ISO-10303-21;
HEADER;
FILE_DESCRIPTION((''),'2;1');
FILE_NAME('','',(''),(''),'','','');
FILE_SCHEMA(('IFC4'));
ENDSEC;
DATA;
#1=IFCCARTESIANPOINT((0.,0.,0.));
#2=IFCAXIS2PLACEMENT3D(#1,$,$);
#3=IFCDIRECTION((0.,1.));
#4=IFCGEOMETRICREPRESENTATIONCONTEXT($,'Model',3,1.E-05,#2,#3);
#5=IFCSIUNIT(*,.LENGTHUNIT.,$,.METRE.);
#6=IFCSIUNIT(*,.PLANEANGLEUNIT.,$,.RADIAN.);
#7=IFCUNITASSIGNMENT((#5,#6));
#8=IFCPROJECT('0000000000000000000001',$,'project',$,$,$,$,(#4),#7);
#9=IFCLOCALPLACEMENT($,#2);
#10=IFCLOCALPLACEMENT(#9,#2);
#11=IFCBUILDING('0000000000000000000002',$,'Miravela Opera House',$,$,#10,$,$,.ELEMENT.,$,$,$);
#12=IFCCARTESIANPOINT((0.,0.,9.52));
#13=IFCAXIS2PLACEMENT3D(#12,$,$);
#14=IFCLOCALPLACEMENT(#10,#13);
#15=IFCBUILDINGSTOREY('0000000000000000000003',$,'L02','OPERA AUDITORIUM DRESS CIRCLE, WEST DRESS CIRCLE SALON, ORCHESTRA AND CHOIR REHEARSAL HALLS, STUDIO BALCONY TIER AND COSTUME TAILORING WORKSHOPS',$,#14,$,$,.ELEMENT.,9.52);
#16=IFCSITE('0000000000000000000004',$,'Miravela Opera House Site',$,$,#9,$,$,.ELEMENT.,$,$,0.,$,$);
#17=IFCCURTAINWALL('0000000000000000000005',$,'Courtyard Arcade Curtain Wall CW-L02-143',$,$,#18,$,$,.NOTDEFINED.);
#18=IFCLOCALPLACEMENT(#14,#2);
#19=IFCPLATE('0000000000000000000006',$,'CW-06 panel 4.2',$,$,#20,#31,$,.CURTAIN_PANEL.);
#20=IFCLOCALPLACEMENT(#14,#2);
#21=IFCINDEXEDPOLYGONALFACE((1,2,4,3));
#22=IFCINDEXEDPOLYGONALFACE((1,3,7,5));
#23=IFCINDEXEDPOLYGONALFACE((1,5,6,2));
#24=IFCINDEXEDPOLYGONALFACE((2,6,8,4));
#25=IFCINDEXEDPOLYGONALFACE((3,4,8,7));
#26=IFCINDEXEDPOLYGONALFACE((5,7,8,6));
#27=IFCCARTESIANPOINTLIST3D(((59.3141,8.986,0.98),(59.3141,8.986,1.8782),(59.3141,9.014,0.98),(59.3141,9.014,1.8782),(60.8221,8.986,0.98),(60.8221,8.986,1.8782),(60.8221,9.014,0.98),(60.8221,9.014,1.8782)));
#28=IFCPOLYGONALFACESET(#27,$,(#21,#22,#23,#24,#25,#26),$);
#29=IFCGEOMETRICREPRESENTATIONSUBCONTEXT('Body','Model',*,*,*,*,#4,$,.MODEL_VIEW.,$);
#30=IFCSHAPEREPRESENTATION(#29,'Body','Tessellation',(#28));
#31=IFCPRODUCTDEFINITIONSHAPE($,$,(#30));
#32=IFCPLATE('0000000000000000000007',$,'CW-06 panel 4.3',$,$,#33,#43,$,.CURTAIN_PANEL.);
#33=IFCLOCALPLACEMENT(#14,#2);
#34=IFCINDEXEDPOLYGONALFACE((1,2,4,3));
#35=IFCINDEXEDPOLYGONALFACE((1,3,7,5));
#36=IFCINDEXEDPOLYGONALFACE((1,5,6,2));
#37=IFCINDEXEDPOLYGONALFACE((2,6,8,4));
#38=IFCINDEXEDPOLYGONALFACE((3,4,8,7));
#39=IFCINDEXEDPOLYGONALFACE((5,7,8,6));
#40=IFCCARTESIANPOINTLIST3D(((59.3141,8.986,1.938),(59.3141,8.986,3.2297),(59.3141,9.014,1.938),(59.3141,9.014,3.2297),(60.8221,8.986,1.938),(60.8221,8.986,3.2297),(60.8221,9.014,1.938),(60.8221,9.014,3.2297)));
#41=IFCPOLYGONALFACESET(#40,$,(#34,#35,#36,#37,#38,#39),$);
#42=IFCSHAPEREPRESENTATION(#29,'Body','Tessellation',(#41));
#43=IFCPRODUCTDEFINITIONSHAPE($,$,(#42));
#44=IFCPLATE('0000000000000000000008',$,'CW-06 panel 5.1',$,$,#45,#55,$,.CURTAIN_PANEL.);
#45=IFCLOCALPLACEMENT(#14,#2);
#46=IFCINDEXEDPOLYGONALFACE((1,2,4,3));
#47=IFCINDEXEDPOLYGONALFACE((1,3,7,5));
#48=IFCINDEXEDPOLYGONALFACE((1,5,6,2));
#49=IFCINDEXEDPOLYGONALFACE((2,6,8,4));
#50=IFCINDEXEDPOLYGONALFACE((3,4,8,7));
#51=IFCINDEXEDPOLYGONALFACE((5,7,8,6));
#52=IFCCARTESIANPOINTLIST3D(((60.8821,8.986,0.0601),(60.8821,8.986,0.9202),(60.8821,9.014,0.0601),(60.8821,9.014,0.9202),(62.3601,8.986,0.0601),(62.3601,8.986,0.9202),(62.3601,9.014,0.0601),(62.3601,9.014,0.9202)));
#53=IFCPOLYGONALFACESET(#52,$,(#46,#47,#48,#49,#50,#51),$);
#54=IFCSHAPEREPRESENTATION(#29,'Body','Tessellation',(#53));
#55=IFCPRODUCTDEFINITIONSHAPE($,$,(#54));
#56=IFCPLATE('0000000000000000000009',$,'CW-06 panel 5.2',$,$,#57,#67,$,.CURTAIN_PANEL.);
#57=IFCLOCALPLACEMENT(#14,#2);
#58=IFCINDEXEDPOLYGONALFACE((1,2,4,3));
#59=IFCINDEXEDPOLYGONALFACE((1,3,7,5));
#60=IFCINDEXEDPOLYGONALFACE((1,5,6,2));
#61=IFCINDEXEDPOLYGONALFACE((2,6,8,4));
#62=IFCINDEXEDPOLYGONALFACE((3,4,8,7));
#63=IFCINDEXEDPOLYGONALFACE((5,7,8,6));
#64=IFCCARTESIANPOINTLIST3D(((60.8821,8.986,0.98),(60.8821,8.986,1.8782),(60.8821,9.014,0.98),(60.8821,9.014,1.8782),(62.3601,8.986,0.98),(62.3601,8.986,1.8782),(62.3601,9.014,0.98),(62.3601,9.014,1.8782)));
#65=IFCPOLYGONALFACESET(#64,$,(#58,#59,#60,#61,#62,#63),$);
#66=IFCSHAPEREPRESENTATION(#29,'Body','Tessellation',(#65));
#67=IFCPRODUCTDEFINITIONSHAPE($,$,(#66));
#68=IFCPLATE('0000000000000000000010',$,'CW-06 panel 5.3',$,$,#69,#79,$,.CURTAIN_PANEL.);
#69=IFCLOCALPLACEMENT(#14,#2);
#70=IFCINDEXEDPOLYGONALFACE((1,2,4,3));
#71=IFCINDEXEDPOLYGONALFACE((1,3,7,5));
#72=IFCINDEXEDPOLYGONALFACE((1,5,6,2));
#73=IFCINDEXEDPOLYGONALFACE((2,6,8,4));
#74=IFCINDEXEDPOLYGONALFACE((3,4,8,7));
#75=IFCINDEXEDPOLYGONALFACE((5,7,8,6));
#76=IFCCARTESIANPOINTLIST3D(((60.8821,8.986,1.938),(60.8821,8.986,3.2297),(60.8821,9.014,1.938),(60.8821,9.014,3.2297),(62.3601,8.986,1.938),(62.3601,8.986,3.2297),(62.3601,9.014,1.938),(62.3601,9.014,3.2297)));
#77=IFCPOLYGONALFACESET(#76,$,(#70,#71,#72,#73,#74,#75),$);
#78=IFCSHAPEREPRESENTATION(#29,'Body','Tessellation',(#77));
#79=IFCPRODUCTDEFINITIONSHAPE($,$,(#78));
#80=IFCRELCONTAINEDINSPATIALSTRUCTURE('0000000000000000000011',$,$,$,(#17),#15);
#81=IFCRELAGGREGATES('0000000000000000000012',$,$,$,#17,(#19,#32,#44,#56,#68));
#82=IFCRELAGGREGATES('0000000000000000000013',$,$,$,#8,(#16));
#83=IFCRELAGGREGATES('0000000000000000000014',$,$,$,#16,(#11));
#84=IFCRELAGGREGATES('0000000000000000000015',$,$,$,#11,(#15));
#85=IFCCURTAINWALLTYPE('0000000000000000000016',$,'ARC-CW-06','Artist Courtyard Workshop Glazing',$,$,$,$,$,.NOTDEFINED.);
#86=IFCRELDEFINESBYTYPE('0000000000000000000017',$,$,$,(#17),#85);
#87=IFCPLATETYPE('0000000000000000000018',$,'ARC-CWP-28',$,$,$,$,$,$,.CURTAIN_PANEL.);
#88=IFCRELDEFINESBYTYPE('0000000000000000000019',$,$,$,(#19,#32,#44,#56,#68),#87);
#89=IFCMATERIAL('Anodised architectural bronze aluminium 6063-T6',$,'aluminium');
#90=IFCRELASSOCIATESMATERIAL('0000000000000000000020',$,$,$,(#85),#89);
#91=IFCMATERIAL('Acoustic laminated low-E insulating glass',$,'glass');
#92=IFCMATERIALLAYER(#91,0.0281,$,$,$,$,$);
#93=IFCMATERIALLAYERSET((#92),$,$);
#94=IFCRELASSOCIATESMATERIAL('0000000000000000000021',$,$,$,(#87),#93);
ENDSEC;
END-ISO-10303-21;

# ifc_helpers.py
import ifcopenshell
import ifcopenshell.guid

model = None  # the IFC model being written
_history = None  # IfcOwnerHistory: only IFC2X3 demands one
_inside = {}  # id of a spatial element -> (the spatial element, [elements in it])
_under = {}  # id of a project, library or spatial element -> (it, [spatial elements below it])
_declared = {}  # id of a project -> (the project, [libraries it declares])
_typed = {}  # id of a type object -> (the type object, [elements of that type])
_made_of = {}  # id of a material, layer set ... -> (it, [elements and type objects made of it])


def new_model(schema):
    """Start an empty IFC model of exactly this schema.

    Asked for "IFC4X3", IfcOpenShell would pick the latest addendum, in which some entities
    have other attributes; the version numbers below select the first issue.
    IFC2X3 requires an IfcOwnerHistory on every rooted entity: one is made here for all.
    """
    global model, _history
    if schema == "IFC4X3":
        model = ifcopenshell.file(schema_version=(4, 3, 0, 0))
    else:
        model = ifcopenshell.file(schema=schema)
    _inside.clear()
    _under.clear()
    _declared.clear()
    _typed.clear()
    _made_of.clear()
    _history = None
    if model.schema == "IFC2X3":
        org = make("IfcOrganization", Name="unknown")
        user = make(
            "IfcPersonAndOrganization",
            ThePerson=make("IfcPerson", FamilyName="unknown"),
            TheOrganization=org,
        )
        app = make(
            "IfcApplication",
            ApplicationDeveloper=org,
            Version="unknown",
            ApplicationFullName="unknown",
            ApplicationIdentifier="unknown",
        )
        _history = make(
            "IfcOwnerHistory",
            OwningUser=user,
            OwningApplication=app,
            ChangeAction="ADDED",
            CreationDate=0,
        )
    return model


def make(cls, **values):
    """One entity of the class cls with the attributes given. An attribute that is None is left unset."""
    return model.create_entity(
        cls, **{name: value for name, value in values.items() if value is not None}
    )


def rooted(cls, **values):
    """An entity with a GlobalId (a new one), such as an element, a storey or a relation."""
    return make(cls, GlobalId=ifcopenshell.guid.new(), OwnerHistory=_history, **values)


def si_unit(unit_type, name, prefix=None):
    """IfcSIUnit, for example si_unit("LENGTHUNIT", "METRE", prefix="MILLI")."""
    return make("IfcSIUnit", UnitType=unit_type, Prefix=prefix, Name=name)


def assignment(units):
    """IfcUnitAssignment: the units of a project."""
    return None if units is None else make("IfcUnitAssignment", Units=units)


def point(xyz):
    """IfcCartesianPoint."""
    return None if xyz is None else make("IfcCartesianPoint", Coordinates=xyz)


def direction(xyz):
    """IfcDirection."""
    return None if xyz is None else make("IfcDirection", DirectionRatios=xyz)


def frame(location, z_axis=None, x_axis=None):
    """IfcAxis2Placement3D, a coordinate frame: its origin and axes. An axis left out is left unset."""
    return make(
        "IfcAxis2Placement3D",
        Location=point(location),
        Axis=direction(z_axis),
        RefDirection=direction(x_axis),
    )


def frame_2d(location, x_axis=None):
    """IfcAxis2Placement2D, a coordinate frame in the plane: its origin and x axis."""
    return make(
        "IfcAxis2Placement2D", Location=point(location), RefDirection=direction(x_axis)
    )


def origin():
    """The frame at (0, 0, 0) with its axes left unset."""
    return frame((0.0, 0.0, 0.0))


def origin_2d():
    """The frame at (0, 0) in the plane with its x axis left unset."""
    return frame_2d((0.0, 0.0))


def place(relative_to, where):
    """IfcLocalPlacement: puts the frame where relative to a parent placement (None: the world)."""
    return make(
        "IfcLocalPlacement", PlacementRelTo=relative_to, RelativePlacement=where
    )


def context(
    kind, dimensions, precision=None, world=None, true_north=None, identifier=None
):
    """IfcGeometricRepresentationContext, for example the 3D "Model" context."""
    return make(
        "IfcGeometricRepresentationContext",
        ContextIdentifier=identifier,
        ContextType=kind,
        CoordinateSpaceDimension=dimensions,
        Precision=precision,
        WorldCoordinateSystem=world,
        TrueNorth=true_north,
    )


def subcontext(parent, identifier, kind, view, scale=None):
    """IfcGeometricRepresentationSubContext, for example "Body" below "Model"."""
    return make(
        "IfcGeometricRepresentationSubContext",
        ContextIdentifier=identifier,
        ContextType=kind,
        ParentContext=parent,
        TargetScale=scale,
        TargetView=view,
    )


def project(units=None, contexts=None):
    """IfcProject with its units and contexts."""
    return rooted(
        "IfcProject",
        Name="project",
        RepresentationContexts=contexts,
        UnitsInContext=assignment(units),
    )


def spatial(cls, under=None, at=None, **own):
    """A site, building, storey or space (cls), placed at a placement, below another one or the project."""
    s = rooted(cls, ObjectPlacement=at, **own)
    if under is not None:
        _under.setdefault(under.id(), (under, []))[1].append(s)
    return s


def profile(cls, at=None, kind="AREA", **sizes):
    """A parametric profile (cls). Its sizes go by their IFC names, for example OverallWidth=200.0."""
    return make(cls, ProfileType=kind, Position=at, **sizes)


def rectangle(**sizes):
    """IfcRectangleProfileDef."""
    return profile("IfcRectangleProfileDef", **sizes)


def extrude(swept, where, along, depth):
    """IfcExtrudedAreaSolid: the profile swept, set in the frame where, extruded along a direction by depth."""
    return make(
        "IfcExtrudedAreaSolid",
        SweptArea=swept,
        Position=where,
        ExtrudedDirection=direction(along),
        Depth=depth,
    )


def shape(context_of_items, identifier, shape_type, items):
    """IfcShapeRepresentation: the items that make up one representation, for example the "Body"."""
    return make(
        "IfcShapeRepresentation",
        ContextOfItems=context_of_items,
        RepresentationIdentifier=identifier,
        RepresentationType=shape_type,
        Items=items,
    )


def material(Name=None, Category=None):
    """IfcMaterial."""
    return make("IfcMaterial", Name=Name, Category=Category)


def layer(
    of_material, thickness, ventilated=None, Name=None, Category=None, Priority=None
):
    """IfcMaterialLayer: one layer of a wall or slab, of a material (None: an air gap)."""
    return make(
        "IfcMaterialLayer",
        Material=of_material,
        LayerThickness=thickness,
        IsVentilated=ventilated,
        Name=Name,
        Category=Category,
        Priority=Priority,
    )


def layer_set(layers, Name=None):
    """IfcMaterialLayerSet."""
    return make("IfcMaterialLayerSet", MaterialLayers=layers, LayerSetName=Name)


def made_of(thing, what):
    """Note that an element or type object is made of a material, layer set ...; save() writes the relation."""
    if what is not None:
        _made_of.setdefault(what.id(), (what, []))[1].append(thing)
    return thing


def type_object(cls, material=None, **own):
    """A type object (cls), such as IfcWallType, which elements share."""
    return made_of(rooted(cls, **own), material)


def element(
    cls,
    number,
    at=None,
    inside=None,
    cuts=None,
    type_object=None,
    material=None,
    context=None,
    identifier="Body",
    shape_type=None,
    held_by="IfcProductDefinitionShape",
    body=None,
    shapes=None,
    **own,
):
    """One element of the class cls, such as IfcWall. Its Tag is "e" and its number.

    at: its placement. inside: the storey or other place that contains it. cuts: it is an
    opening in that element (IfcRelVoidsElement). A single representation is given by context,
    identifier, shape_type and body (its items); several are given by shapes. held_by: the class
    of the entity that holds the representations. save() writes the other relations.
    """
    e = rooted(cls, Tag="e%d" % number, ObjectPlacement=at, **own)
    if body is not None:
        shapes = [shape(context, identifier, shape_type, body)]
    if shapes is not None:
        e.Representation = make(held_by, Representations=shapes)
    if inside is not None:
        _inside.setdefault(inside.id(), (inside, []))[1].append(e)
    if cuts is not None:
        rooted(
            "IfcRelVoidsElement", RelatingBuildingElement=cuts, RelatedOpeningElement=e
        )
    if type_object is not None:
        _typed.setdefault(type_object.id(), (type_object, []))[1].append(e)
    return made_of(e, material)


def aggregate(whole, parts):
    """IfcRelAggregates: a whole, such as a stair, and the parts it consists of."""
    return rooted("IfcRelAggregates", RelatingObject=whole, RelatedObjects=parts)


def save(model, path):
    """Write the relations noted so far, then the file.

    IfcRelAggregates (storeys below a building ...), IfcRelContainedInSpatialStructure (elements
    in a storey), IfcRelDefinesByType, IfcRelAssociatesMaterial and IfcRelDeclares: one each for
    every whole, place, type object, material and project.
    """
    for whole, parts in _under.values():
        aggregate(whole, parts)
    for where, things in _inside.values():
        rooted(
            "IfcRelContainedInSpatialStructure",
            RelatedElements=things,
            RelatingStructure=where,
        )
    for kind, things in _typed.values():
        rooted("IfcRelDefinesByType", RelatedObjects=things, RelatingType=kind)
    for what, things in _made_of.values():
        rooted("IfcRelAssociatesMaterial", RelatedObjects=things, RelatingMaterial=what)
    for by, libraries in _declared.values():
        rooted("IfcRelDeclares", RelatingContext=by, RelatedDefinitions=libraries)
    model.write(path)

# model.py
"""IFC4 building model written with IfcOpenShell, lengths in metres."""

from ifc_helpers import new_model, si_unit, direction, frame, origin, origin_2d, place, context, subcontext, project, spatial, rectangle, extrude, material, layer, layer_set, type_object, element, aggregate, save


model = new_model("IFC4")

# Units and contexts
model_context = context("Model", 3, precision=1e-05, world=origin(), true_north=direction((0.0, 1.0)))
body_context = subcontext(model_context, "Body", "Model", "MODEL_VIEW")
ifc_project = project(units=[si_unit("LENGTHUNIT", "METRE"), si_unit("PLANEANGLEUNIT", "RADIAN")], contexts=[model_context])

# Site, building, storey
site_placement = place(None, origin())
site = spatial("IfcSite", under=ifc_project, at=site_placement, Name="Miravela Opera House Site", CompositionType="ELEMENT", RefElevation=0.0)
building_placement = place(site_placement, origin())
building = spatial("IfcBuilding", under=site, at=building_placement, Name="Miravela Opera House", CompositionType="ELEMENT")
storey_placement = place(building_placement, frame((0.0, 0.0, 9.52)))
storey = spatial("IfcBuildingStorey", under=building, at=storey_placement, Name="L02", Description="OPERA AUDITORIUM DRESS CIRCLE, WEST DRESS CIRCLE SALON, ORCHESTRA AND CHOIR REHEARSAL HALLS, STUDIO BALCONY TIER AND COSTUME TAILORING WORKSHOPS", CompositionType="ELEMENT", Elevation=9.52)

# Curtain wall
ifc_material_1 = material(Name="Anodised architectural bronze aluminium 6063-T6", Category="aluminium")
curtain_wall_type = type_object("IfcCurtainWallType", Name="ARC-CW-06", Description="Artist Courtyard Workshop Glazing", PredefinedType="NOTDEFINED", material=ifc_material_1)
curtain_wall_1_placement = place(storey_placement, origin())
curtain_wall_1 = element("IfcCurtainWall", 1, at=curtain_wall_1_placement, inside=storey, type_object=curtain_wall_type, Name="Courtyard Arcade Curtain Wall CW-L02-143", PredefinedType="NOTDEFINED")

# Plates
ifc_material_2 = material(Name="Acoustic laminated low-E insulating glass", Category="glass")
ifc_layer = layer(ifc_material_2, 0.0281)
ifc_layer_set = layer_set([ifc_layer])
plate_type = type_object("IfcPlateType", Name="ARC-CWP-28", PredefinedType="CURTAIN_PANEL", material=ifc_layer_set)
plate_1_placement = place(storey_placement, frame((60.0681, 9.0, 0.98), z_axis=(0.0, 0.0, 1.0), x_axis=(1.0, 0.0, 0.0)))
plate_1 = element("IfcPlate", 2, at=plate_1_placement, type_object=plate_type, Name="CW-06 panel 4.2", PredefinedType="CURTAIN_PANEL", context=body_context, shape_type="SweptSolid", body=[
    extrude(rectangle(XDim=1.5081, YDim=0.0281, at=origin_2d()), origin(), (0.0, 0.0, 1.0), 0.8982),
])
plate_2_placement = place(storey_placement, frame((60.0681, 9.0, 1.938), z_axis=(0.0, 0.0, 1.0), x_axis=(1.0, 0.0, 0.0)))
plate_2 = element("IfcPlate", 3, at=plate_2_placement, type_object=plate_type, Name="CW-06 panel 4.3", PredefinedType="CURTAIN_PANEL", context=body_context, shape_type="SweptSolid", body=[
    extrude(rectangle(XDim=1.5081, YDim=0.0281, at=origin_2d()), origin(), (0.0, 0.0, 1.0), 1.2917),
])
plate_3_placement = place(storey_placement, frame((61.6211, 9.0, 0.0601), z_axis=(0.0, 0.0, 1.0), x_axis=(1.0, 0.0, 0.0)))
plate_3 = element("IfcPlate", 4, at=plate_3_placement, type_object=plate_type, Name="CW-06 panel 5.1", PredefinedType="CURTAIN_PANEL", context=body_context, shape_type="SweptSolid", body=[
    extrude(rectangle(XDim=1.478, YDim=0.0281, at=origin_2d()), origin(), (0.0, 0.0, 1.0), 0.8601),
])
plate_4_placement = place(storey_placement, frame((61.6211, 9.0, 0.98), z_axis=(0.0, 0.0, 1.0), x_axis=(1.0, 0.0, 0.0)))
plate_4 = element("IfcPlate", 5, at=plate_4_placement, type_object=plate_type, Name="CW-06 panel 5.2", PredefinedType="CURTAIN_PANEL", context=body_context, shape_type="SweptSolid", body=[
    extrude(rectangle(XDim=1.478, YDim=0.0281, at=origin_2d()), origin(), (0.0, 0.0, 1.0), 0.8982),
])
plate_5_placement = place(storey_placement, frame((61.6211, 9.0, 1.938), z_axis=(0.0, 0.0, 1.0), x_axis=(1.0, 0.0, 0.0)))
plate_5 = element("IfcPlate", 6, at=plate_5_placement, type_object=plate_type, Name="CW-06 panel 5.3", PredefinedType="CURTAIN_PANEL", context=body_context, shape_type="SweptSolid", body=[
    extrude(rectangle(XDim=1.478, YDim=0.0281, at=origin_2d()), origin(), (0.0, 0.0, 1.0), 1.2917),
])
aggregate(curtain_wall_1, [plate_1, plate_2, plate_3, plate_4, plate_5])

save(model, "model.ifc")
